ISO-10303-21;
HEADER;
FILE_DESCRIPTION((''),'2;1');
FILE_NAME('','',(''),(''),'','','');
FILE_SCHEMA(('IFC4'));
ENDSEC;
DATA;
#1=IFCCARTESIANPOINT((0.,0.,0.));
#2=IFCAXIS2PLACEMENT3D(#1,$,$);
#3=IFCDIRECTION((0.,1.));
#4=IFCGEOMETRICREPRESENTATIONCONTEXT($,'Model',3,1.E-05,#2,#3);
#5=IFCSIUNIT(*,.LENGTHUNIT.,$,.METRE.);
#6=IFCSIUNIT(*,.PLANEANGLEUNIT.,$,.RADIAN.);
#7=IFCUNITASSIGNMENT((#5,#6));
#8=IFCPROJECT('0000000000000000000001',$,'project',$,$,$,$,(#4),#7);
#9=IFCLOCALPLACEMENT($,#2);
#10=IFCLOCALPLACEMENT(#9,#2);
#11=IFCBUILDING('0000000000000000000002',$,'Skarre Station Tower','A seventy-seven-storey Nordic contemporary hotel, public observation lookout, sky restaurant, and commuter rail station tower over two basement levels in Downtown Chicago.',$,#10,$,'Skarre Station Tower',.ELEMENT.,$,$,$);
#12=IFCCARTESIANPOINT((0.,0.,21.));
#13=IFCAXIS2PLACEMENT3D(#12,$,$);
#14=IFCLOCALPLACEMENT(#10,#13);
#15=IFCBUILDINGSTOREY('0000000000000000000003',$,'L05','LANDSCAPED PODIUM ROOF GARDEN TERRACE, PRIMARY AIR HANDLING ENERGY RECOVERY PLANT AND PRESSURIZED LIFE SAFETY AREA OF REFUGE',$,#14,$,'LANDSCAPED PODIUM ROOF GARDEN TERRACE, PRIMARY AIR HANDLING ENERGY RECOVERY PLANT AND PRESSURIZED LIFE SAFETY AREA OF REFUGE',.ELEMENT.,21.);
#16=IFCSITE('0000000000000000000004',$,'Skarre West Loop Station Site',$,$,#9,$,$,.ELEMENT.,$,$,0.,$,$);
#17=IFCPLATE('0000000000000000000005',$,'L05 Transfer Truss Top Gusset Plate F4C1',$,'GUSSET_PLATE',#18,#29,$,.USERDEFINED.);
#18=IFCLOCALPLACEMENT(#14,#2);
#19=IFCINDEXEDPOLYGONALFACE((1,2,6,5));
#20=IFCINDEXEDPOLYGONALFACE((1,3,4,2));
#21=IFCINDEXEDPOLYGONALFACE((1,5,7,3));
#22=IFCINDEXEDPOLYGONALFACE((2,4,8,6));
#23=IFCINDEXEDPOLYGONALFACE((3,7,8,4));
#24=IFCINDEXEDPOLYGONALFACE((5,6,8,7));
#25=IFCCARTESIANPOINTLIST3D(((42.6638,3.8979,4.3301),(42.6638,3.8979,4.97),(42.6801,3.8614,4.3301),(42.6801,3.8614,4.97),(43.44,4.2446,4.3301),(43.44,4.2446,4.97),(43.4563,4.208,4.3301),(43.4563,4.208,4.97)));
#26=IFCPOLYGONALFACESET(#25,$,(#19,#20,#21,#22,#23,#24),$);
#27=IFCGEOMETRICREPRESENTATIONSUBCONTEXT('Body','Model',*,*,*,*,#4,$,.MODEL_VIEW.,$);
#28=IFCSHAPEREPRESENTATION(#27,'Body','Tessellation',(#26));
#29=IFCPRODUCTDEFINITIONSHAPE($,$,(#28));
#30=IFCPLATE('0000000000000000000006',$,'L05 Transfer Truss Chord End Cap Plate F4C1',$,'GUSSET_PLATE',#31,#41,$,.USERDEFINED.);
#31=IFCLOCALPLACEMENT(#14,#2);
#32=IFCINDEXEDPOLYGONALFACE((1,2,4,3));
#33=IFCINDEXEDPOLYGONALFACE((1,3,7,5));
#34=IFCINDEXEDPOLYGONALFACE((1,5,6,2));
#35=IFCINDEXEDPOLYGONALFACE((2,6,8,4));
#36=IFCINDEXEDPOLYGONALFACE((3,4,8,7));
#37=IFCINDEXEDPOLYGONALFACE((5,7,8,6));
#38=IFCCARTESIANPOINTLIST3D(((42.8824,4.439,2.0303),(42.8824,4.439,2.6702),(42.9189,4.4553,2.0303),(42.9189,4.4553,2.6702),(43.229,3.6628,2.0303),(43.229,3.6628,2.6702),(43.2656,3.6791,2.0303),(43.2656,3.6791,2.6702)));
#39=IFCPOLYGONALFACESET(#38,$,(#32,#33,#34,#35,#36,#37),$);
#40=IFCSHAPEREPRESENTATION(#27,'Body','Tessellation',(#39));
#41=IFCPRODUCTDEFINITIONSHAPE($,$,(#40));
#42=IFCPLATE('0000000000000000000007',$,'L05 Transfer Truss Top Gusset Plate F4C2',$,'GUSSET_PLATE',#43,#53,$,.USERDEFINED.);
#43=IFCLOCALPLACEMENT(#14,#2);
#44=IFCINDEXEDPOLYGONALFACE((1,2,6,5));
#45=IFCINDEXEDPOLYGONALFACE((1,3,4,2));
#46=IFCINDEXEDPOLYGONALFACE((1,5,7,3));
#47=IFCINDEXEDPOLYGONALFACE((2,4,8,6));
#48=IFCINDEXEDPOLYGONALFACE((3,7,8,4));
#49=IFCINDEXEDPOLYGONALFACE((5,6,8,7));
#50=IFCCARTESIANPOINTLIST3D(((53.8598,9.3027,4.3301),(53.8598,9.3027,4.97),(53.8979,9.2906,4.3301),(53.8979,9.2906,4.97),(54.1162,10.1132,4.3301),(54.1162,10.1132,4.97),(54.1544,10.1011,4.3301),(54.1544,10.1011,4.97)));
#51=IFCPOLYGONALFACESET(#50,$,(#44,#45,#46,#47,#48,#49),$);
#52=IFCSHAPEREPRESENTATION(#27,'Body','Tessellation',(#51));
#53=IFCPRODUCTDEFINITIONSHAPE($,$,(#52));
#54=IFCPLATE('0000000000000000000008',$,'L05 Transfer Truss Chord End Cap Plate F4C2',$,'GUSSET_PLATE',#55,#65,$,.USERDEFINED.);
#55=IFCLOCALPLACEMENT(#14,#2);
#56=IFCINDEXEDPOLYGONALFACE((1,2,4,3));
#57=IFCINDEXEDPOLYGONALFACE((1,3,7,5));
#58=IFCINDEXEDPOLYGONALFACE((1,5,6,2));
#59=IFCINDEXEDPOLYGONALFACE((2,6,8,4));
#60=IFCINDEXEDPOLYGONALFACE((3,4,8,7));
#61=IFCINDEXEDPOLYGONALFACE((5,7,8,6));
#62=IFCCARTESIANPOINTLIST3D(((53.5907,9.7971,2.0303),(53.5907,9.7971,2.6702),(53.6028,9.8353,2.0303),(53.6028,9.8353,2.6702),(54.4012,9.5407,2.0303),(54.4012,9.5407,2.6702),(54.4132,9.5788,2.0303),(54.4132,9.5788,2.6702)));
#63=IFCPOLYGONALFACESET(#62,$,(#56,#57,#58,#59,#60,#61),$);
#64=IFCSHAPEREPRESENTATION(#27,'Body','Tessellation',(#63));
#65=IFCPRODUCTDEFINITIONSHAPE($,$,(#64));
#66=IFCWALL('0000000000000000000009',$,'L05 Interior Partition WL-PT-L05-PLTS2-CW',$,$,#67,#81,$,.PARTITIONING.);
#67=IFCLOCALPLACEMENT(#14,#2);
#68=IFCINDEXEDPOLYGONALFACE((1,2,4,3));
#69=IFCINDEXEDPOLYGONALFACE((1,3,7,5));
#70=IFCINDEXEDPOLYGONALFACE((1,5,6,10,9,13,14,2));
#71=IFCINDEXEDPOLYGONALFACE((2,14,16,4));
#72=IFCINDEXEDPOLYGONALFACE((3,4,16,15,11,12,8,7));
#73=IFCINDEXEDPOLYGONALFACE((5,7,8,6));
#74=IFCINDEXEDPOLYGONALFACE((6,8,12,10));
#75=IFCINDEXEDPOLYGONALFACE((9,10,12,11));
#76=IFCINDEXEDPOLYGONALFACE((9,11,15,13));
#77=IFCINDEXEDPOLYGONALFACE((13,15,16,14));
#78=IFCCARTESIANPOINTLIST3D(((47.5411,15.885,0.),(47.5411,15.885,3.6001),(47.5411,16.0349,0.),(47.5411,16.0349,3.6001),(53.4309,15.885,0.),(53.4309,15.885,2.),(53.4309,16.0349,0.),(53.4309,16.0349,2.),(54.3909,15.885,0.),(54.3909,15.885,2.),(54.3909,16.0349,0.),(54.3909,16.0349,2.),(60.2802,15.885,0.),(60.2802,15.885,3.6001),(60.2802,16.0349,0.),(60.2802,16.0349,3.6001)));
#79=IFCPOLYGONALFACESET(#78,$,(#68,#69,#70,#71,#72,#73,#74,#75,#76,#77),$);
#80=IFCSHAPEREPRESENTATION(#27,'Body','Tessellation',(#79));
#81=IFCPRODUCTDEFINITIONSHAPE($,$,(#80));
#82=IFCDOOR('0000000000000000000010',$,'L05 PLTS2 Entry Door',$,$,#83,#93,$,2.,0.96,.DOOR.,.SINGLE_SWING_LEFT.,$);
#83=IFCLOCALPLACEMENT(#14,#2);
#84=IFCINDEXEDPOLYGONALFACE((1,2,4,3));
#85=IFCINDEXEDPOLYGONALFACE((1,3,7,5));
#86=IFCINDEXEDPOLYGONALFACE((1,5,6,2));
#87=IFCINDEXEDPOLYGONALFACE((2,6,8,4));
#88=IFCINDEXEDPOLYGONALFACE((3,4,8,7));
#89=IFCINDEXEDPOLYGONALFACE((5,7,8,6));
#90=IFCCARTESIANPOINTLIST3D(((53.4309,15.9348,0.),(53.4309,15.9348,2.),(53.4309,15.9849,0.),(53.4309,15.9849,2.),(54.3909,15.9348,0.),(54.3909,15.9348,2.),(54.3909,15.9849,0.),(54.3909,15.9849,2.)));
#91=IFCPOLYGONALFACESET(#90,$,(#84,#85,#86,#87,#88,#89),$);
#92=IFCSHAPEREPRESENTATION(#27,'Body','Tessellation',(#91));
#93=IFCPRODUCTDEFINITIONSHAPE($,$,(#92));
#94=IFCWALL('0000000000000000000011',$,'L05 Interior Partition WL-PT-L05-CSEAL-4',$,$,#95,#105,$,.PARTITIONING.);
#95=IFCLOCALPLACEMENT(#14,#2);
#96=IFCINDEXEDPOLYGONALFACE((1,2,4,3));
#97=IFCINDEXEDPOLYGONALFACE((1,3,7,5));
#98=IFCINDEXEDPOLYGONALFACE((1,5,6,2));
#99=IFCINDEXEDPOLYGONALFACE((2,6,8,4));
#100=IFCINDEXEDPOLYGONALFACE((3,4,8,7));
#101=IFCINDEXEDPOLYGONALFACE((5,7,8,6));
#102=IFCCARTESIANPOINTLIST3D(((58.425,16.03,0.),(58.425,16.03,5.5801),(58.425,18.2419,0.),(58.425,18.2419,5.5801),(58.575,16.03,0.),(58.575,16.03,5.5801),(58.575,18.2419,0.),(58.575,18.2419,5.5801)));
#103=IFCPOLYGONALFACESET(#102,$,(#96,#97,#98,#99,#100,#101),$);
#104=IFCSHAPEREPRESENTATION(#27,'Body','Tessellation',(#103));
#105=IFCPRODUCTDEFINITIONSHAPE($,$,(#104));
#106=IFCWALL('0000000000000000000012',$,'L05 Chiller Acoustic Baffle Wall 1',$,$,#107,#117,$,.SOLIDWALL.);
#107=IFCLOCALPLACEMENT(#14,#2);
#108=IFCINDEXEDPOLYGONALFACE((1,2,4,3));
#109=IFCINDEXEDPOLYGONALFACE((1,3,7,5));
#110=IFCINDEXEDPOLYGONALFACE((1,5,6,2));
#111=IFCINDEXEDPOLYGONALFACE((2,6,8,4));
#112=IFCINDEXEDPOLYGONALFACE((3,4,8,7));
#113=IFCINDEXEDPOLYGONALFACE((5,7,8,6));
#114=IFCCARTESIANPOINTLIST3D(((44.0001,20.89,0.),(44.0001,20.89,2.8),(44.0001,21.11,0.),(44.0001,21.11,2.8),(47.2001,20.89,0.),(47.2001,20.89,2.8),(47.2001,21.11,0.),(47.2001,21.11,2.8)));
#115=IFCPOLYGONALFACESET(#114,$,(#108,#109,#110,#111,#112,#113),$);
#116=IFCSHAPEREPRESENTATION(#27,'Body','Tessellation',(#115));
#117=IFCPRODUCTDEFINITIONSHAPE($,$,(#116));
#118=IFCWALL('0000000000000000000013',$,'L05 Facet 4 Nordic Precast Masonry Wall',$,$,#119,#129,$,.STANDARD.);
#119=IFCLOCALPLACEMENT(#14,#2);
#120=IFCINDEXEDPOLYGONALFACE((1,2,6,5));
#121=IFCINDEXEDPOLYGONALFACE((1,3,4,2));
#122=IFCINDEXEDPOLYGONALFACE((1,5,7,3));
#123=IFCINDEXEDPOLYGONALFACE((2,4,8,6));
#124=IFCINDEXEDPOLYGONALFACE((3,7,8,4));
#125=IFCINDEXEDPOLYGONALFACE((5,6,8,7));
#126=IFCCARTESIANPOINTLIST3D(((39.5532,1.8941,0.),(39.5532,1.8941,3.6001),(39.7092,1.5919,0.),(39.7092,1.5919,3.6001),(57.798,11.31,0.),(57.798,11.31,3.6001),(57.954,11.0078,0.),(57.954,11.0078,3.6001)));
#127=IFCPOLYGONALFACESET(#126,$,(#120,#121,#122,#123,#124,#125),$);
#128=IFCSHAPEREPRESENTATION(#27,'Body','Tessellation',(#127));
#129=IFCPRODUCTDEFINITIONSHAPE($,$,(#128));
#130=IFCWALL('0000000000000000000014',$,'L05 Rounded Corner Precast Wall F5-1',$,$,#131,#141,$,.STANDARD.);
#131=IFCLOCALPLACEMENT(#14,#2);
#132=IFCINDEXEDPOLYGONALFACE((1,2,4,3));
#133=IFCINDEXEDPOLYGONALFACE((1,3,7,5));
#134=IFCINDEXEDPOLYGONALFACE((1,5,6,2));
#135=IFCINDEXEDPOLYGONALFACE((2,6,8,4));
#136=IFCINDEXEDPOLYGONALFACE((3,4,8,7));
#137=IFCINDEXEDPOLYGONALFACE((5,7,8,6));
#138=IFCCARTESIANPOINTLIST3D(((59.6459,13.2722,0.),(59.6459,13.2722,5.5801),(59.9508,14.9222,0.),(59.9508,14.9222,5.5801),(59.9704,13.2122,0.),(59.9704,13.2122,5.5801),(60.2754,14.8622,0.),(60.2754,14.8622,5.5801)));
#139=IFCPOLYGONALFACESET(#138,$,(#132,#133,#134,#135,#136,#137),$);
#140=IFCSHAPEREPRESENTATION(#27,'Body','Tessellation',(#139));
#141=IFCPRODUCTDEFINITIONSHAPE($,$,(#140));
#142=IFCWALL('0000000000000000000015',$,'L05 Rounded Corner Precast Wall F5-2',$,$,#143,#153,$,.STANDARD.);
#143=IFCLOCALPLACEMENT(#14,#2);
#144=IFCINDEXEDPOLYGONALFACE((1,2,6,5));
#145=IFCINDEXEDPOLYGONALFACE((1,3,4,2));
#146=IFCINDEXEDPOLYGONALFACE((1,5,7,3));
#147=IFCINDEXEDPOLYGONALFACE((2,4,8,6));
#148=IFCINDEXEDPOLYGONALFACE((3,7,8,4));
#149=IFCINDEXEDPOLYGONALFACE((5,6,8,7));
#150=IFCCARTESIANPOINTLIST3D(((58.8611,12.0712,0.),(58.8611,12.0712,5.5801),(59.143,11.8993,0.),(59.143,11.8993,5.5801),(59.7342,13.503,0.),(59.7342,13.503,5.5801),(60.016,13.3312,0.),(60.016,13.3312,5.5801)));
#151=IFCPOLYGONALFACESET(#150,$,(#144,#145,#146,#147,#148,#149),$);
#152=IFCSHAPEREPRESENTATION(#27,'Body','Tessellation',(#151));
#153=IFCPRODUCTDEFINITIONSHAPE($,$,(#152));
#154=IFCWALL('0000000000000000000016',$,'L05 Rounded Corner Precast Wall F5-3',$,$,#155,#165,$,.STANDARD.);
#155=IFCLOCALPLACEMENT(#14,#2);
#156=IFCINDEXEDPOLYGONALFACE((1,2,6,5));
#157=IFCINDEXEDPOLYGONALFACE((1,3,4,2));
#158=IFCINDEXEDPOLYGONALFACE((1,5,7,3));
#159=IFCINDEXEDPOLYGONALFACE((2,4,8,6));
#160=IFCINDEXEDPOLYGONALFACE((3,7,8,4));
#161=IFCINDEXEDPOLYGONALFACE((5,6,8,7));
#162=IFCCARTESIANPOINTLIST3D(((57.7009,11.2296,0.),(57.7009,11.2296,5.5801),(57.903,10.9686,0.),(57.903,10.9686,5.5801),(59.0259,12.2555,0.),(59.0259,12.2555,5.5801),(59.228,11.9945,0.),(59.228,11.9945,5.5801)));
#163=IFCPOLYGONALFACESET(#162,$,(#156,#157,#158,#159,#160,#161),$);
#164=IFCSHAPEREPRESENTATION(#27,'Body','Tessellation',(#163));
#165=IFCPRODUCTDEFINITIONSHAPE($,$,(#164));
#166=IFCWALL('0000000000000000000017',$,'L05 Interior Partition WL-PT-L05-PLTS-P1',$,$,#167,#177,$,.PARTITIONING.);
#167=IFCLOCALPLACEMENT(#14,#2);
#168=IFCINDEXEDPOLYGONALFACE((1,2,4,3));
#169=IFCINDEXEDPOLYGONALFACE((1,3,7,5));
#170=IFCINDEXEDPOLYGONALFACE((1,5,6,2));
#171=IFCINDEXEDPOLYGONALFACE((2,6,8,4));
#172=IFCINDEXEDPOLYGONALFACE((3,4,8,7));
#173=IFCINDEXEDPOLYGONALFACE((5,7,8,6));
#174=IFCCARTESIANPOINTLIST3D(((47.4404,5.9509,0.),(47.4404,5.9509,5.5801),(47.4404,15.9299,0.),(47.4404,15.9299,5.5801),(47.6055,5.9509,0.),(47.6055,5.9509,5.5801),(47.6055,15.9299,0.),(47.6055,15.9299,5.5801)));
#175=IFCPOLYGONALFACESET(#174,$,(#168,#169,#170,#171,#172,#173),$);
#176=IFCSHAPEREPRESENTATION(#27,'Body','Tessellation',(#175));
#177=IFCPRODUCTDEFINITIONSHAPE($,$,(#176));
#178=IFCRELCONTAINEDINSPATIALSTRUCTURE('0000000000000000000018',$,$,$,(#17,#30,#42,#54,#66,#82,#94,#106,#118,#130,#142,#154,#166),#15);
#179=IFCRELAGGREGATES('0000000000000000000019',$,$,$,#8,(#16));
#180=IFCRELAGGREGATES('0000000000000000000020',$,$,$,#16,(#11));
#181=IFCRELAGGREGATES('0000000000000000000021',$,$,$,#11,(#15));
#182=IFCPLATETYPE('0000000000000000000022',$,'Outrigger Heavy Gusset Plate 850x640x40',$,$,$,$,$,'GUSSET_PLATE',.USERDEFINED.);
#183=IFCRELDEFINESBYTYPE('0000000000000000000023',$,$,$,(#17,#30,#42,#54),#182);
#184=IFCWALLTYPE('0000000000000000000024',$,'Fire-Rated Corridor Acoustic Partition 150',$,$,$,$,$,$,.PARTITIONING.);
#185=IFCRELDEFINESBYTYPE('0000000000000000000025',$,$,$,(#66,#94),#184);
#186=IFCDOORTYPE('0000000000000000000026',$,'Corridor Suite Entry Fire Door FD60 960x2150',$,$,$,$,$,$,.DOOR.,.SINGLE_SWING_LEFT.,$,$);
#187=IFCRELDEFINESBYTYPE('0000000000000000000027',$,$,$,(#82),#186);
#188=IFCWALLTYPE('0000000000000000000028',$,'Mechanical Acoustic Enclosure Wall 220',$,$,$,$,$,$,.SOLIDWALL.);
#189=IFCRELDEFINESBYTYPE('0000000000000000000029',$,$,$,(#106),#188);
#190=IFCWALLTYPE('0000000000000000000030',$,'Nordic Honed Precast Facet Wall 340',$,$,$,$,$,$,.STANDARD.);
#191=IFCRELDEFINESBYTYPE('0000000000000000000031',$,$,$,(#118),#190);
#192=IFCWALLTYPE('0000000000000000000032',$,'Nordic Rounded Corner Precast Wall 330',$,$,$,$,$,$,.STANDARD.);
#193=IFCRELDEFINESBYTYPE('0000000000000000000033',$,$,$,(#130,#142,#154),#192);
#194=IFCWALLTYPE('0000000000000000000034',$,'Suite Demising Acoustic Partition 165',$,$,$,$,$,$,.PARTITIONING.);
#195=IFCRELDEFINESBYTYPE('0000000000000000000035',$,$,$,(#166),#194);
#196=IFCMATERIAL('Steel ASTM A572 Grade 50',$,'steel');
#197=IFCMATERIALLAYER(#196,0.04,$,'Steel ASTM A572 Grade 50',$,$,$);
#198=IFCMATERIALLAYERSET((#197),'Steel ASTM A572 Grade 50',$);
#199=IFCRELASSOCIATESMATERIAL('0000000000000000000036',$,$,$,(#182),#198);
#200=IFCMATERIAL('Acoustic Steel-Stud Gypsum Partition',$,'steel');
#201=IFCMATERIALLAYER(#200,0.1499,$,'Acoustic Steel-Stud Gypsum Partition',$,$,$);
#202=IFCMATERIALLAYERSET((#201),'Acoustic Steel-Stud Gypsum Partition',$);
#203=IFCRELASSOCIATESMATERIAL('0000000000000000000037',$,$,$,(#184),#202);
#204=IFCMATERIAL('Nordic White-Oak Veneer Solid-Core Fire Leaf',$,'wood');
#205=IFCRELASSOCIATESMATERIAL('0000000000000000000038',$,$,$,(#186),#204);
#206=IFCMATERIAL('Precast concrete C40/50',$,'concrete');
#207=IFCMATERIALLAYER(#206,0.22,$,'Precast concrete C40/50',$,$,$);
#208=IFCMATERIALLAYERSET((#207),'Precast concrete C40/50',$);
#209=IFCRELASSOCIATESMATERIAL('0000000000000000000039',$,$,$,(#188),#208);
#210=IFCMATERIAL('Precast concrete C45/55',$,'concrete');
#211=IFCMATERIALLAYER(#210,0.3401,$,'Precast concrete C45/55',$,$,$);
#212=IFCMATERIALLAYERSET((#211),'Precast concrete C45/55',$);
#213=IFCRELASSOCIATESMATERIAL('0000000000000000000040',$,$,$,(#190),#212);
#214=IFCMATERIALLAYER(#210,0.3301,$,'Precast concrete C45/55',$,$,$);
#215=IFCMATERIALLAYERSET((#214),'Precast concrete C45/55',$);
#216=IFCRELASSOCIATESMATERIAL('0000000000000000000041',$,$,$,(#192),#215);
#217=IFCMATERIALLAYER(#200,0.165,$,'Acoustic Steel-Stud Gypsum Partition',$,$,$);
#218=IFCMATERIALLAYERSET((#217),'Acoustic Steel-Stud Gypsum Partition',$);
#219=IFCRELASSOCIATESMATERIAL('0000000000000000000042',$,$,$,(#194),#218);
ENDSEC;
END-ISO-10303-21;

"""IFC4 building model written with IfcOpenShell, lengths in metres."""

from ifc_helpers import new_model, si_unit, direction, frame, frame_2d, origin, origin_2d, place, context, subcontext, project, spatial, rectangle, extrude, material, layer, layer_set, type_object, element, fill, save


model = new_model("IFC4")

# Units and contexts
model_context = context("Model", 3, precision=1e-05, world=origin(), true_north=direction((0.0, 1.0)))
body_context = subcontext(model_context, "Body", "Model", "MODEL_VIEW")
ifc_project = project(units=[si_unit("LENGTHUNIT", "METRE"), si_unit("PLANEANGLEUNIT", "RADIAN")], contexts=[model_context])

# Site, building, storey
site_placement = place(None, origin())
site = spatial("IfcSite", under=ifc_project, at=site_placement, Name="Skarre West Loop Station Site", CompositionType="ELEMENT", RefElevation=0.0)
building_placement = place(site_placement, origin())
building = spatial("IfcBuilding", under=site, at=building_placement, Name="Skarre Station Tower", Description="A seventy-seven-storey Nordic contemporary hotel, public observation lookout, sky restaurant, and commuter rail station tower over two basement levels in Downtown Chicago.", LongName="Skarre Station Tower", CompositionType="ELEMENT")
storey_placement = place(building_placement, frame((0.0, 0.0, 21.0)))
storey = spatial("IfcBuildingStorey", under=building, at=storey_placement, Name="L05", Description="LANDSCAPED PODIUM ROOF GARDEN TERRACE, PRIMARY AIR HANDLING ENERGY RECOVERY PLANT AND PRESSURIZED LIFE SAFETY AREA OF REFUGE", LongName="LANDSCAPED PODIUM ROOF GARDEN TERRACE, PRIMARY AIR HANDLING ENERGY RECOVERY PLANT AND PRESSURIZED LIFE SAFETY AREA OF REFUGE", CompositionType="ELEMENT", Elevation=21.0)

# Plates
ifc_material_1 = material(Name="Steel ASTM A572 Grade 50", Category="steel")
ifc_layer_1 = layer(ifc_material_1, 0.04, Name="Steel ASTM A572 Grade 50")
ifc_layer_set_1 = layer_set([ifc_layer_1], Name="Steel ASTM A572 Grade 50")
plate_type_1 = type_object("IfcPlateType", Name="Outrigger Heavy Gusset Plate 850x640x40", ElementType="GUSSET_PLATE", PredefinedType="USERDEFINED", material=ifc_layer_set_1)
plate_1_placement = place(storey_placement, frame((43.0601, 4.053, 4.3301), z_axis=(0.0, 0.0, 1.0), x_axis=(0.913076, 0.407789, 0.0)))
element("IfcPlate", 1, at=plate_1_placement, inside=storey, type_object=plate_type_1, Name="L05 Transfer Truss Top Gusset Plate F4C1", ObjectType="GUSSET_PLATE", PredefinedType="USERDEFINED", context=body_context, shape_type="SweptSolid", body=[
    extrude(rectangle(XDim=0.8501, YDim=0.04, at=origin_2d()), origin(), (0.0, 0.0, 1.0), 0.6399),
])
plate_2_placement = place(storey_placement, frame((43.074, 4.0591, 2.0303), z_axis=(0.0, 0.0, 1.0), x_axis=(0.913076, 0.407789, 0.0)))
element("IfcPlate", 2, at=plate_2_placement, inside=storey, type_object=plate_type_1, Name="L05 Transfer Truss Chord End Cap Plate F4C1", ObjectType="GUSSET_PLATE", PredefinedType="USERDEFINED", context=body_context, shape_type="SweptSolid", body=[
    extrude(rectangle(XDim=0.04, YDim=0.8501, at=origin_2d()), origin(), (0.0, 0.0, 1.0), 0.6399),
])
plate_3_placement = place(storey_placement, frame((54.0071, 9.7019, 4.3301), z_axis=(0.0, 0.0, 1.0), x_axis=(-0.301704, -0.953402, 0.0)))
element("IfcPlate", 3, at=plate_3_placement, inside=storey, type_object=plate_type_1, Name="L05 Transfer Truss Top Gusset Plate F4C2", ObjectType="GUSSET_PLATE", PredefinedType="USERDEFINED", context=body_context, shape_type="SweptSolid", body=[
    extrude(rectangle(XDim=0.8501, YDim=0.04, at=origin_2d()), origin(), (0.0, 0.0, 1.0), 0.6399),
])
plate_4_placement = place(storey_placement, frame((54.002, 9.688, 2.0303), z_axis=(0.0, 0.0, 1.0), x_axis=(-0.301704, -0.953402, 0.0)))
element("IfcPlate", 4, at=plate_4_placement, inside=storey, type_object=plate_type_1, Name="L05 Transfer Truss Chord End Cap Plate F4C2", ObjectType="GUSSET_PLATE", PredefinedType="USERDEFINED", context=body_context, shape_type="SweptSolid", body=[
    extrude(rectangle(XDim=0.04, YDim=0.8501, at=origin_2d()), origin(), (0.0, 0.0, 1.0), 0.6399),
])

# Wall, opening, door
ifc_material_2 = material(Name="Acoustic Steel-Stud Gypsum Partition", Category="steel")
ifc_layer_2 = layer(ifc_material_2, 0.1499, Name="Acoustic Steel-Stud Gypsum Partition")
ifc_layer_set_2 = layer_set([ifc_layer_2], Name="Acoustic Steel-Stud Gypsum Partition")
wall_type_1 = type_object("IfcWallType", Name="Fire-Rated Corridor Acoustic Partition 150", PredefinedType="PARTITIONING", material=ifc_layer_set_2)
wall_1_placement = place(storey_placement, frame((47.541, 15.96, 0.0), z_axis=(0.0, 0.0, 1.0), x_axis=(1.0, 0.0, 0.0)))
wall_1 = element("IfcWall", 5, at=wall_1_placement, inside=storey, type_object=wall_type_1, Name="L05 Interior Partition WL-PT-L05-PLTS2-CW", PredefinedType="PARTITIONING", context=body_context, shape_type="SweptSolid", body=[
    extrude(rectangle(XDim=12.739, YDim=0.1499, at=frame_2d((6.3696, 0.0))), origin(), (0.0, 0.0, 1.0), 3.6001),
])
opening_placement = place(wall_1_placement, frame((5.8899, 0.0, 0.0)))
opening = element("IfcOpeningElement", 6, at=opening_placement, cuts=wall_1, PredefinedType="OPENING", context=body_context, shape_type="SweptSolid", body=[
    extrude(rectangle(XDim=0.96, YDim=2.0, at=frame_2d((0.48, 1.0))), frame((0.0, 0.085, 0.0), z_axis=(0.0, -1.0, 0.0), x_axis=(1.0, 0.0, 0.0)), (0.0, 0.0, 1.0), 0.1699),
])
ifc_material_3 = material(Name="Nordic White-Oak Veneer Solid-Core Fire Leaf", Category="wood")
door_type = type_object("IfcDoorType", Name="Corridor Suite Entry Fire Door FD60 960x2150", OperationType="SINGLE_SWING_LEFT", PredefinedType="DOOR", material=ifc_material_3)
door_placement = place(opening_placement, origin())
door = element("IfcDoor", 7, at=door_placement, inside=storey, type_object=door_type, Name="L05 PLTS2 Entry Door", OperationType="SINGLE_SWING_LEFT", OverallHeight=2.0, OverallWidth=0.96, PredefinedType="DOOR", context=body_context, shape_type="SweptSolid", body=[
    extrude(rectangle(XDim=0.96, YDim=2.0, at=frame_2d((0.48, 1.0))), frame((0.0, 0.0249, 0.0), z_axis=(0.0, -1.0, 0.0), x_axis=(1.0, 0.0, 0.0)), (0.0, 0.0, 1.0), 0.05),
])
fill(opening, door)

# Walls
wall_2_placement = place(storey_placement, frame((58.5, 18.2419, 0.0), z_axis=(0.0, 0.0, 1.0), x_axis=(0.0, -1.0, 0.0)))
element("IfcWall", 8, at=wall_2_placement, inside=storey, type_object=wall_type_1, Name="L05 Interior Partition WL-PT-L05-CSEAL-4", PredefinedType="PARTITIONING", context=body_context, shape_type="SweptSolid", body=[
    extrude(rectangle(XDim=2.2119, YDim=0.1499, at=frame_2d((1.106, 0.0))), origin(), (0.0, 0.0, 1.0), 5.5801),
])
ifc_material_4 = material(Name="Precast concrete C40/50", Category="concrete")
ifc_layer_3 = layer(ifc_material_4, 0.22, Name="Precast concrete C40/50")
ifc_layer_set_3 = layer_set([ifc_layer_3], Name="Precast concrete C40/50")
wall_type_2 = type_object("IfcWallType", Name="Mechanical Acoustic Enclosure Wall 220", PredefinedType="SOLIDWALL", material=ifc_layer_set_3)
wall_3_placement = place(storey_placement, frame((44.0, 21.0, 0.0), z_axis=(0.0, 0.0, 1.0), x_axis=(1.0, 0.0, 0.0)))
element("IfcWall", 9, at=wall_3_placement, inside=storey, type_object=wall_type_2, Name="L05 Chiller Acoustic Baffle Wall 1", PredefinedType="SOLIDWALL", context=body_context, shape_type="SweptSolid", body=[
    extrude(rectangle(XDim=3.2, YDim=0.22, at=frame_2d((1.6001, 0.0))), origin(), (0.0, 0.0, 1.0), 2.8),
])
ifc_material_5 = material(Name="Precast concrete C45/55", Category="concrete")
ifc_layer_4 = layer(ifc_material_5, 0.3401, Name="Precast concrete C45/55")
ifc_layer_set_4 = layer_set([ifc_layer_4], Name="Precast concrete C45/55")
wall_type_3 = type_object("IfcWallType", Name="Nordic Honed Precast Facet Wall 340", PredefinedType="STANDARD", material=ifc_layer_set_4)
wall_4_placement = place(storey_placement, frame((57.876, 11.1589, 0.0), z_axis=(0.0, 0.0, 1.0), x_axis=(-0.888634, -0.458616, 0.0)))
element("IfcWall", 10, at=wall_4_placement, inside=storey, type_object=wall_type_3, Name="L05 Facet 4 Nordic Precast Masonry Wall", PredefinedType="STANDARD", context=body_context, shape_type="SweptSolid", body=[
    extrude(rectangle(XDim=20.5312, YDim=0.3401, at=frame_2d((10.2656, 0.0))), origin(), (0.0, 0.0, 1.0), 3.6001),
])
ifc_layer_5 = layer(ifc_material_5, 0.3301, Name="Precast concrete C45/55")
ifc_layer_set_5 = layer_set([ifc_layer_5], Name="Precast concrete C45/55")
wall_type_4 = type_object("IfcWallType", Name="Nordic Rounded Corner Precast Wall 330", PredefinedType="STANDARD", material=ifc_layer_set_5)
wall_5_placement = place(storey_placement, frame((60.113, 14.8921, 0.0), z_axis=(0.0, 0.0, 1.0), x_axis=(-0.181714, -0.983351, 0.0)))
element("IfcWall", 11, at=wall_5_placement, inside=storey, type_object=wall_type_4, Name="L05 Rounded Corner Precast Wall F5-1", PredefinedType="STANDARD", context=body_context, shape_type="SweptSolid", body=[
    extrude(rectangle(XDim=1.678, YDim=0.3301, at=frame_2d((0.8389, 0.0))), origin(), (0.0, 0.0, 1.0), 5.5801),
])
wall_6_placement = place(storey_placement, frame((59.875, 13.417, 0.0), z_axis=(0.0, 0.0, 1.0), x_axis=(-0.520584, -0.85381, 0.0)))
element("IfcWall", 12, at=wall_6_placement, inside=storey, type_object=wall_type_4, Name="L05 Rounded Corner Precast Wall F5-2", PredefinedType="STANDARD", context=body_context, shape_type="SweptSolid", body=[
    extrude(rectangle(XDim=1.677, YDim=0.3301, at=frame_2d((0.8384, 0.0))), origin(), (0.0, 0.0, 1.0), 5.5801),
])
wall_7_placement = place(storey_placement, frame((59.127, 12.125, 0.0), z_axis=(0.0, 0.0, 1.0), x_axis=(-0.790692, -0.612214, 0.0)))
element("IfcWall", 13, at=wall_7_placement, inside=storey, type_object=wall_type_4, Name="L05 Rounded Corner Precast Wall F5-3", PredefinedType="STANDARD", context=body_context, shape_type="SweptSolid", body=[
    extrude(rectangle(XDim=1.6758, YDim=0.3301, at=frame_2d((0.8379, 0.0))), origin(), (0.0, 0.0, 1.0), 5.5801),
])
ifc_layer_6 = layer(ifc_material_2, 0.165, Name="Acoustic Steel-Stud Gypsum Partition")
ifc_layer_set_6 = layer_set([ifc_layer_6], Name="Acoustic Steel-Stud Gypsum Partition")
wall_type_5 = type_object("IfcWallType", Name="Suite Demising Acoustic Partition 165", PredefinedType="PARTITIONING", material=ifc_layer_set_6)
wall_8_placement = place(storey_placement, frame((47.5229, 5.9509, 0.0), z_axis=(0.0, 0.0, 1.0), x_axis=(0.0, 1.0, 0.0)))
element("IfcWall", 14, at=wall_8_placement, inside=storey, type_object=wall_type_5, Name="L05 Interior Partition WL-PT-L05-PLTS-P1", PredefinedType="PARTITIONING", context=body_context, shape_type="SweptSolid", body=[
    extrude(rectangle(XDim=9.979, YDim=0.165, at=frame_2d((4.9895, 0.0))), origin(), (0.0, 0.0, 1.0), 5.5801),
])

save(model, "model.ifc")
